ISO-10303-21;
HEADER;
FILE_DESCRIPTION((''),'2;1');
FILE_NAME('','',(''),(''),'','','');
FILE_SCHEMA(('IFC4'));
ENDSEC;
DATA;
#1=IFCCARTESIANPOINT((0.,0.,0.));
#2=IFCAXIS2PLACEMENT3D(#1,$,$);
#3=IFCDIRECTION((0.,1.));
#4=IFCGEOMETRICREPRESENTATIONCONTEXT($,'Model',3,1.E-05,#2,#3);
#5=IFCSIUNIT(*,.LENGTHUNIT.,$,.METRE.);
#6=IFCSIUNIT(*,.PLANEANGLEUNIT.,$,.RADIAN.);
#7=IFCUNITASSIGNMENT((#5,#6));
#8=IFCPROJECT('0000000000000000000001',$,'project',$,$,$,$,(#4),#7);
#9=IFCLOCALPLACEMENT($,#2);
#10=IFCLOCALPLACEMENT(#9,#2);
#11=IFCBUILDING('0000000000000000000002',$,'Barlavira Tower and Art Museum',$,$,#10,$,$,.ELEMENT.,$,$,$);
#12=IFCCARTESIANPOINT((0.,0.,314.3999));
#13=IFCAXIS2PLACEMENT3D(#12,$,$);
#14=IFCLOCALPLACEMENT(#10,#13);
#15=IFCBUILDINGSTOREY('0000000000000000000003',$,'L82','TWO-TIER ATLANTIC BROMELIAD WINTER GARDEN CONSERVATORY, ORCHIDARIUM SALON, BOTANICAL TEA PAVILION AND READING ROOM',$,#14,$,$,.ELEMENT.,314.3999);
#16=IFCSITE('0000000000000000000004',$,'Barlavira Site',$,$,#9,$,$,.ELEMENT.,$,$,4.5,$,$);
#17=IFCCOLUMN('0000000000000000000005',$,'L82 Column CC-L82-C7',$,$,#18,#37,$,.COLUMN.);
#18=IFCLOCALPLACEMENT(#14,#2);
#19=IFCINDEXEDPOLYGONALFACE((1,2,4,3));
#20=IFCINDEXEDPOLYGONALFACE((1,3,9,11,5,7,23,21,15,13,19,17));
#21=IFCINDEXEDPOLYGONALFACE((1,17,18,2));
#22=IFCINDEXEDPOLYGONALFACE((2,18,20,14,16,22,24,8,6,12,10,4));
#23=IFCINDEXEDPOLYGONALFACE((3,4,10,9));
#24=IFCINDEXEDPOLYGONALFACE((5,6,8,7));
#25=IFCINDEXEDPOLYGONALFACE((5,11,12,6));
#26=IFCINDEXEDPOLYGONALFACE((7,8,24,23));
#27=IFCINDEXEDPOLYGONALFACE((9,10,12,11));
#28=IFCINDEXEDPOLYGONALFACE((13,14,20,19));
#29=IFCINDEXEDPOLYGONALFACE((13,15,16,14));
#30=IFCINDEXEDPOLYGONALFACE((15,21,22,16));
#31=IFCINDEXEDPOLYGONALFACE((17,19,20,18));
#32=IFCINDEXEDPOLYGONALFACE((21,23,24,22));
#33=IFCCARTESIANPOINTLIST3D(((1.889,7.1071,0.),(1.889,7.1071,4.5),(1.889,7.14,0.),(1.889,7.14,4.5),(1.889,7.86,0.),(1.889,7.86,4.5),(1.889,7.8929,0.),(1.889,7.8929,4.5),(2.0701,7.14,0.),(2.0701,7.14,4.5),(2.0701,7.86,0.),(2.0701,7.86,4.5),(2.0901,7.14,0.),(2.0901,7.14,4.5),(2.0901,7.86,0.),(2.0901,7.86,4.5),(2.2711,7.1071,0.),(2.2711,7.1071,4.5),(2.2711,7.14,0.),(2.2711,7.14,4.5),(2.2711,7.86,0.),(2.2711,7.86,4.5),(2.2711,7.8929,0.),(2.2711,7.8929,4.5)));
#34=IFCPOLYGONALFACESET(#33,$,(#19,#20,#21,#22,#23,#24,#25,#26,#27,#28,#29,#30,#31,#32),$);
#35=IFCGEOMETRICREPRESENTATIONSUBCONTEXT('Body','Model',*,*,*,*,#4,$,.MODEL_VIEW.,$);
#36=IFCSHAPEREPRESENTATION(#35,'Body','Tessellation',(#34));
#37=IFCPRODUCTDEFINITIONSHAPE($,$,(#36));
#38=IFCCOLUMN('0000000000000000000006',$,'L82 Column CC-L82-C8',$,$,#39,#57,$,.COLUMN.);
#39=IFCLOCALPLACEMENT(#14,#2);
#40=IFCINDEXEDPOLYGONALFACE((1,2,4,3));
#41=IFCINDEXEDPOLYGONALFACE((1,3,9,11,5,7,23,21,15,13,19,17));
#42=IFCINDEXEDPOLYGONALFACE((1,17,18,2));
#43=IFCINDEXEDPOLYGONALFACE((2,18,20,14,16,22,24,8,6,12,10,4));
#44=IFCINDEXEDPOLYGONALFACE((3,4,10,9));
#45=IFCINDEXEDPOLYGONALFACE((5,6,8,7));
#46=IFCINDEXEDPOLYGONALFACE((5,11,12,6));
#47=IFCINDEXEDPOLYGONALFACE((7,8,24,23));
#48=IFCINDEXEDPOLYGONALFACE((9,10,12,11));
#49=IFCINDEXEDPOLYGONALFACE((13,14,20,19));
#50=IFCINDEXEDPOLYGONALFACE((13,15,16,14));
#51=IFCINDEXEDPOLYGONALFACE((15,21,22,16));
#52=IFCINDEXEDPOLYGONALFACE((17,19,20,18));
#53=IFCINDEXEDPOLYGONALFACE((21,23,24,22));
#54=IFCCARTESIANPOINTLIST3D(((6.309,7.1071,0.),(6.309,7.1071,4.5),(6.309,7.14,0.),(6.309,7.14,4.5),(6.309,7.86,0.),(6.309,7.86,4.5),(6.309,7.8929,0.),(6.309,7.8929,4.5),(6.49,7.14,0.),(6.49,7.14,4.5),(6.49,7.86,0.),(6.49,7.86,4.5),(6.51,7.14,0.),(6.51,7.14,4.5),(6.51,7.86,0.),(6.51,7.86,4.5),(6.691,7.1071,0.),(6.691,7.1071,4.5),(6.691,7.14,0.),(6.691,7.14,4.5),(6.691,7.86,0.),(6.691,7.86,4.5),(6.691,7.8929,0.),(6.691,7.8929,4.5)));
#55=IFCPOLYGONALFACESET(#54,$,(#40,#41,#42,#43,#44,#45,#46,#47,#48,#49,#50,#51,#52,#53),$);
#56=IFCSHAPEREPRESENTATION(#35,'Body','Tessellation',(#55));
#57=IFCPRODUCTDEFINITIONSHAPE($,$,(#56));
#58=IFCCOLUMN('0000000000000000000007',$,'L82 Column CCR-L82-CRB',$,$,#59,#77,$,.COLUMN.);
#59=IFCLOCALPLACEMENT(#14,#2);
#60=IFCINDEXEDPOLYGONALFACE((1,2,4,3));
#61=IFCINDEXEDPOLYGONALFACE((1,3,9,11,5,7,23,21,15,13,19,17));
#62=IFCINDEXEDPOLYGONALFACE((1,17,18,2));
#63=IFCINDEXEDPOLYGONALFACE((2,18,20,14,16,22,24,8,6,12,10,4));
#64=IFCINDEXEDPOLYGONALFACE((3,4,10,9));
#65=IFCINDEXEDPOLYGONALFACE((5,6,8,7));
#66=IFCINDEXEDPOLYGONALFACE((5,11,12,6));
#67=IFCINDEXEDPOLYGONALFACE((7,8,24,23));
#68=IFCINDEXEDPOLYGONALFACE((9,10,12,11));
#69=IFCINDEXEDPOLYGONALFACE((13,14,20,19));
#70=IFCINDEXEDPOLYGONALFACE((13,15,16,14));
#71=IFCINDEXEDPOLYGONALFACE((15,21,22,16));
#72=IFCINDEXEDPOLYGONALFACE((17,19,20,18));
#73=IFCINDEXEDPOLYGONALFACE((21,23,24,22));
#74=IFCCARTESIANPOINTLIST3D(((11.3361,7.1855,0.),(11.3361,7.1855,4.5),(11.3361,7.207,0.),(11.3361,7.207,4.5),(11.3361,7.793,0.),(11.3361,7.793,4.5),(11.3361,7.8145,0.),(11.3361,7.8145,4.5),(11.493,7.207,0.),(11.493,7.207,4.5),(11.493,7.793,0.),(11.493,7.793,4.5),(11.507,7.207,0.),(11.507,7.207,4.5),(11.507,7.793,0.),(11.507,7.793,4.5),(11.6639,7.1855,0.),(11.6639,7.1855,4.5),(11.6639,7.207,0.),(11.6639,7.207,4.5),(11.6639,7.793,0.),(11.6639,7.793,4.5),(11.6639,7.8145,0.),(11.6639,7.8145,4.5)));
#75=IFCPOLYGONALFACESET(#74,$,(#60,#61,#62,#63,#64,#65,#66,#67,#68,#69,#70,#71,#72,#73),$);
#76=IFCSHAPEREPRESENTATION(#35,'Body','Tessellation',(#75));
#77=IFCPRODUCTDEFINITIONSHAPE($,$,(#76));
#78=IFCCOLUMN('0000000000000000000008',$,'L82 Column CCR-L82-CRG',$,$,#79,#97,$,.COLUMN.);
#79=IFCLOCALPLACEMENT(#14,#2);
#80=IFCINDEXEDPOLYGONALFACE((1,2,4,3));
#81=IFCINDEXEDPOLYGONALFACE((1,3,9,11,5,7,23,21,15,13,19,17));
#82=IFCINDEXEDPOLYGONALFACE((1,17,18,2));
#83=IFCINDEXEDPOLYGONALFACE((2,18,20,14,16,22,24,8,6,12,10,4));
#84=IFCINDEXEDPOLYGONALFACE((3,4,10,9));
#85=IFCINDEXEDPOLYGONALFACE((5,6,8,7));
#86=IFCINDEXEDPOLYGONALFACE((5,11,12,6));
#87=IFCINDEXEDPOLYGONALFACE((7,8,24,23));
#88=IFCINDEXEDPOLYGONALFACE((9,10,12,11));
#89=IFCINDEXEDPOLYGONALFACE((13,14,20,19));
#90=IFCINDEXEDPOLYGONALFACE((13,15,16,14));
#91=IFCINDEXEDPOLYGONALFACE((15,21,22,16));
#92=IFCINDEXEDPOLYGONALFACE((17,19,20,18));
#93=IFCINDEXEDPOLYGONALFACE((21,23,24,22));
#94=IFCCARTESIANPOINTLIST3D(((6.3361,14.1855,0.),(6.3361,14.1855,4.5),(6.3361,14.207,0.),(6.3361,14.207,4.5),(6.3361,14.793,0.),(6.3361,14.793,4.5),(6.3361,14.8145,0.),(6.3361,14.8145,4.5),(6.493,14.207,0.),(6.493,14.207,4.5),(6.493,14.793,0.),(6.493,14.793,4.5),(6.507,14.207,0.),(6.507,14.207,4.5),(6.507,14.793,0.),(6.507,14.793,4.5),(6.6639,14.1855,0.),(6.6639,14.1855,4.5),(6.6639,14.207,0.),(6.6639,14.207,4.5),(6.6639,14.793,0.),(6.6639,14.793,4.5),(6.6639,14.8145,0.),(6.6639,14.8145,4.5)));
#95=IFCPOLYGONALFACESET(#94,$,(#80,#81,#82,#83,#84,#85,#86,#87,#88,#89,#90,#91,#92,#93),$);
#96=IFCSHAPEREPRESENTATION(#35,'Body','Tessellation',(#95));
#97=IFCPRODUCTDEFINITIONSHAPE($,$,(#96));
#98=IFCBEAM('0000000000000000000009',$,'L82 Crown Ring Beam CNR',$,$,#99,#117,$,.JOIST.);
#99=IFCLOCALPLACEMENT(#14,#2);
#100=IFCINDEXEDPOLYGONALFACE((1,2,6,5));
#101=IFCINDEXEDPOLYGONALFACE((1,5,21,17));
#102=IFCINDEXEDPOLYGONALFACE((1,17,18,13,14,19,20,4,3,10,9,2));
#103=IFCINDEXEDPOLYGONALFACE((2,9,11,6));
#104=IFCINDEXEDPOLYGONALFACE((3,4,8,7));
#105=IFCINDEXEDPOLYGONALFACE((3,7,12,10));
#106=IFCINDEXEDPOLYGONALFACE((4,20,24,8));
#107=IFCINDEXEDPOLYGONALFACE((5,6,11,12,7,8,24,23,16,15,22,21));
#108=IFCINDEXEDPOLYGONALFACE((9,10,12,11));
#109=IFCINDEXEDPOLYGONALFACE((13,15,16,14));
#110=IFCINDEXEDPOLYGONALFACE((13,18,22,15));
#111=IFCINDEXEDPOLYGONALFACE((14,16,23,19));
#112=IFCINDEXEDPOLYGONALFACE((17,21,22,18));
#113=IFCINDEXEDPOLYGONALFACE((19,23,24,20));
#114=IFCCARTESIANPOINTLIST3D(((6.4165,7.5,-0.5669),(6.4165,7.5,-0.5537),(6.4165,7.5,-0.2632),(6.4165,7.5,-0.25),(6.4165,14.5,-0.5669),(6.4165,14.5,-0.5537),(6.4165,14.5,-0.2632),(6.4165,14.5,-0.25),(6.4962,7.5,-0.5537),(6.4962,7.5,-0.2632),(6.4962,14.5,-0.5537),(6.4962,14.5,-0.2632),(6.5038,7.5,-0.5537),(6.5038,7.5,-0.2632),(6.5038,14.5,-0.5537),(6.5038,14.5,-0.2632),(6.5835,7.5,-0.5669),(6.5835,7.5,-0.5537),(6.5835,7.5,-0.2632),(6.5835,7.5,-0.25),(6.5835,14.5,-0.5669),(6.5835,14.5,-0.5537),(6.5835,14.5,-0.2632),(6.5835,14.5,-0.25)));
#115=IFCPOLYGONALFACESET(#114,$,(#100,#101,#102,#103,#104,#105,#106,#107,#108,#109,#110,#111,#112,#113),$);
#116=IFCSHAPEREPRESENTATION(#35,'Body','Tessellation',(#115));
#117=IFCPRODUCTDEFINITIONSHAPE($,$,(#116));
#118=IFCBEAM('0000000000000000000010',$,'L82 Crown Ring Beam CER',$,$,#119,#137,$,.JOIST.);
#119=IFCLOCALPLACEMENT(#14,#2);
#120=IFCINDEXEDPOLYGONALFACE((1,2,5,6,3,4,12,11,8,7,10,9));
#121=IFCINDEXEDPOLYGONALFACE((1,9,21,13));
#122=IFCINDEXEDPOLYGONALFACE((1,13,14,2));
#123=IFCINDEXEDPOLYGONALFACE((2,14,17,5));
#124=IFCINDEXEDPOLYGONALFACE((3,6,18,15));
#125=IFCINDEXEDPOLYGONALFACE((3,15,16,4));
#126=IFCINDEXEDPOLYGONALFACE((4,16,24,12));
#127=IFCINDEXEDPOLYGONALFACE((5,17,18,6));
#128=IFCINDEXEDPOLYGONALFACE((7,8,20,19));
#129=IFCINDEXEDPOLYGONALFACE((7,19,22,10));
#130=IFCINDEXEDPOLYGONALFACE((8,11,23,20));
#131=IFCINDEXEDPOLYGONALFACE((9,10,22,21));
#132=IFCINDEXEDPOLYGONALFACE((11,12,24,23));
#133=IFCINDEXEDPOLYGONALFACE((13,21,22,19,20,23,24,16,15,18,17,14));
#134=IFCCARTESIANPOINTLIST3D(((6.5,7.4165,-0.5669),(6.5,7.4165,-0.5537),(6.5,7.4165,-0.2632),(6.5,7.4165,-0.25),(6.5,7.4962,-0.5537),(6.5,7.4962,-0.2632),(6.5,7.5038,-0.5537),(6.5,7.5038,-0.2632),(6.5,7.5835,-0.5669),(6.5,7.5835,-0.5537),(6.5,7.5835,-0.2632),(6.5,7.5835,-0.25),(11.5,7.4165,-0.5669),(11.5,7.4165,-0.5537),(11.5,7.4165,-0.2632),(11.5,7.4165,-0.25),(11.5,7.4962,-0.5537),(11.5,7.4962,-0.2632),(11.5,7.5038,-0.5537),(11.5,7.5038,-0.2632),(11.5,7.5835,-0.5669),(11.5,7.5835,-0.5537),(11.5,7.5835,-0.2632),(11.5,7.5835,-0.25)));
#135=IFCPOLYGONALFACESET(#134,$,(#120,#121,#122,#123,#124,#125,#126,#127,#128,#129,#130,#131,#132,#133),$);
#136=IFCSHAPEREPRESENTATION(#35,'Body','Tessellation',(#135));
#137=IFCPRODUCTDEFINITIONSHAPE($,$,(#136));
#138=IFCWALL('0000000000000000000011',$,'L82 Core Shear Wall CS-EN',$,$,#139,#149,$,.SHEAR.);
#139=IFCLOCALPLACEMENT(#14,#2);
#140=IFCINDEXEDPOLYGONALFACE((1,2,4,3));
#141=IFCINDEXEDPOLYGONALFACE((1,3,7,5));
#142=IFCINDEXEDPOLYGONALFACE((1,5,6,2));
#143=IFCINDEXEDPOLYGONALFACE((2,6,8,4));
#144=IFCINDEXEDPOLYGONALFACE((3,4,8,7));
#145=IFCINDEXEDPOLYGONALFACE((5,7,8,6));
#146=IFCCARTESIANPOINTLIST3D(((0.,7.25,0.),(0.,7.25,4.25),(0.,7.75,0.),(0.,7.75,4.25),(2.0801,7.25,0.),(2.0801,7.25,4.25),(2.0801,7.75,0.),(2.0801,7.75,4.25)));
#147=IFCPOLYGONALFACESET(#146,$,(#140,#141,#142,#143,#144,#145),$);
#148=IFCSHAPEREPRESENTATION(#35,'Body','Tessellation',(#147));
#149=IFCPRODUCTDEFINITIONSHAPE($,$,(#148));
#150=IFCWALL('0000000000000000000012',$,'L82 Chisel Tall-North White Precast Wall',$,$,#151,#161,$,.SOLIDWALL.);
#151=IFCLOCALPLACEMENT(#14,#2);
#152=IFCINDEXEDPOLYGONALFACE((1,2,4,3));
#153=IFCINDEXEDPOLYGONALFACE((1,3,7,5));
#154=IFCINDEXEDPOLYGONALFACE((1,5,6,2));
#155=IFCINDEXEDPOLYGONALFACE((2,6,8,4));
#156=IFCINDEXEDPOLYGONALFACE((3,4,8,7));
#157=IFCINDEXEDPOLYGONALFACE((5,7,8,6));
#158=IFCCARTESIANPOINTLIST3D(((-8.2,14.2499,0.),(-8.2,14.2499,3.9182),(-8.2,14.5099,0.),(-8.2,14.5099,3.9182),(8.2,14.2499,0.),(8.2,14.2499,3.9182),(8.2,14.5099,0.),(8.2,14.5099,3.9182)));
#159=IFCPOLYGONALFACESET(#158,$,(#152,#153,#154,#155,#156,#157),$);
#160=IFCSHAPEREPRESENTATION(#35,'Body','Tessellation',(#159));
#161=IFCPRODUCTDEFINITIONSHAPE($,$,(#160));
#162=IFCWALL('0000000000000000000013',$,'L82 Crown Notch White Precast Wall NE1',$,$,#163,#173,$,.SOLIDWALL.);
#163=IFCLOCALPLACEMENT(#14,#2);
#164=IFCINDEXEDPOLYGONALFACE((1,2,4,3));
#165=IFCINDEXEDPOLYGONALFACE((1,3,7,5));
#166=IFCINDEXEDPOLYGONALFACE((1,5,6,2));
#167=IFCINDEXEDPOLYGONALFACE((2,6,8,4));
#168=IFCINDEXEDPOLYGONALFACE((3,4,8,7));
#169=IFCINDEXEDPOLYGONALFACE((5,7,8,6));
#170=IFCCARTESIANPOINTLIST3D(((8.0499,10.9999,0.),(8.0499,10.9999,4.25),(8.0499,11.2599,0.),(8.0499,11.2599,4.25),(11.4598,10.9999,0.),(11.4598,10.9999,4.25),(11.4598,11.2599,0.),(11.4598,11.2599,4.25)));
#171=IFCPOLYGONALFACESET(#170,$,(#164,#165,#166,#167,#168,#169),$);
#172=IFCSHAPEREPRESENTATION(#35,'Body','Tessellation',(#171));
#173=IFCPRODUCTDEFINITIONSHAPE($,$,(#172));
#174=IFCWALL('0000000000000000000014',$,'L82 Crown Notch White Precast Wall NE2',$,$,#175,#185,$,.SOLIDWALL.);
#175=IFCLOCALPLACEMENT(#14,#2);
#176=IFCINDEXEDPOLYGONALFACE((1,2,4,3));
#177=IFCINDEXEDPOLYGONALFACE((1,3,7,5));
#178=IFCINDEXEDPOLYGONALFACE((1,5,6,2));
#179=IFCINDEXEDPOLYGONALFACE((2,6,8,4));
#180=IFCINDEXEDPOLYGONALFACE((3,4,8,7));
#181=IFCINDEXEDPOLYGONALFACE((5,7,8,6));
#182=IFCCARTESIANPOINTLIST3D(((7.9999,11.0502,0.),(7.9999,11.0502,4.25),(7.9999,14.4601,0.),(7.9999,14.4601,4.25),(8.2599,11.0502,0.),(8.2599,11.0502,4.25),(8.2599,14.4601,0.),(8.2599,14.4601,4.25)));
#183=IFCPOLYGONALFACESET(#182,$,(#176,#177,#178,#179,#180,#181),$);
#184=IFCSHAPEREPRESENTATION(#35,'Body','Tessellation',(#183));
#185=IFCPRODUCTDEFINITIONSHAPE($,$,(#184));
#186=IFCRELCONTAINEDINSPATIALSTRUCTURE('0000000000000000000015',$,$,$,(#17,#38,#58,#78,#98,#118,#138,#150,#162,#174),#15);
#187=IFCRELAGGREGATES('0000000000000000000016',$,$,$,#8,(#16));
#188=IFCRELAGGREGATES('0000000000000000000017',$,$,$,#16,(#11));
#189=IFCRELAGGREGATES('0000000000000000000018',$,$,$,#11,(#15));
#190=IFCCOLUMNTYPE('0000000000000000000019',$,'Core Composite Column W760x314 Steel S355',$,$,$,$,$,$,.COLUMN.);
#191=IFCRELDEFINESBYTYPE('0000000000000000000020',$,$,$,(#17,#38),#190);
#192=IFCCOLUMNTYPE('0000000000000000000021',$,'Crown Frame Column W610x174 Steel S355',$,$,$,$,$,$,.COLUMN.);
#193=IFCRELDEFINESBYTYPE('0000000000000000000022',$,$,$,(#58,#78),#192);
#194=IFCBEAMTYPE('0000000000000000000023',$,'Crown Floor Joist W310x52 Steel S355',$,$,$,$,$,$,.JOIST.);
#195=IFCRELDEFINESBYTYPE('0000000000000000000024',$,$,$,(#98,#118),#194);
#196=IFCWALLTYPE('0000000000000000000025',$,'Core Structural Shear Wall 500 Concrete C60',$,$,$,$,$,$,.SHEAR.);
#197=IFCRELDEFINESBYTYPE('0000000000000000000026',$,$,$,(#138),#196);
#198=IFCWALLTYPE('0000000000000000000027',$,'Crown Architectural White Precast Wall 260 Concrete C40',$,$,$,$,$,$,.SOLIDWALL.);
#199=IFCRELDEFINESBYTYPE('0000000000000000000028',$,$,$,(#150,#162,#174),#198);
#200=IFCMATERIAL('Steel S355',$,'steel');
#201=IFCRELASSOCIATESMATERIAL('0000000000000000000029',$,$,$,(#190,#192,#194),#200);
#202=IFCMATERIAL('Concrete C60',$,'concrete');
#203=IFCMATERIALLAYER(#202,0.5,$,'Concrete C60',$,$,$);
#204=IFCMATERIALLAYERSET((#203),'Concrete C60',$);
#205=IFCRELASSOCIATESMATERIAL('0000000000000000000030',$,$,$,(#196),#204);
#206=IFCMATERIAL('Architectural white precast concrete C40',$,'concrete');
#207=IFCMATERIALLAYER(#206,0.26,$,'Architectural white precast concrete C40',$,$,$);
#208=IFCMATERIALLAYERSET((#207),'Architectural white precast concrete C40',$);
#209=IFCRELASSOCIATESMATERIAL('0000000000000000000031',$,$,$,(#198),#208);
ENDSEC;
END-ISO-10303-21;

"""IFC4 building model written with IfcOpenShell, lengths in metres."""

from ifc_helpers import new_model, si_unit, direction, frame, frame_2d, origin, origin_2d, place, context, subcontext, project, spatial, rectangle, i_section, extrude, material, layer, layer_set, material_profile, profile_set, type_object, element, save


model = new_model("IFC4")

# Units and contexts
model_context = context("Model", 3, precision=1e-05, world=origin(), true_north=direction((0.0, 1.0)))
body_context = subcontext(model_context, "Body", "Model", "MODEL_VIEW")
ifc_project = project(units=[si_unit("LENGTHUNIT", "METRE"), si_unit("PLANEANGLEUNIT", "RADIAN")], contexts=[model_context])

# Site, building, storey
site_placement = place(None, origin())
site = spatial("IfcSite", under=ifc_project, at=site_placement, Name="Barlavira Site", CompositionType="ELEMENT", RefElevation=4.5)
building_placement = place(site_placement, origin())
building = spatial("IfcBuilding", under=site, at=building_placement, Name="Barlavira Tower and Art Museum", CompositionType="ELEMENT")
storey_placement = place(building_placement, frame((0.0, 0.0, 314.3999)))
storey = spatial("IfcBuildingStorey", under=building, at=storey_placement, Name="L82", Description="TWO-TIER ATLANTIC BROMELIAD WINTER GARDEN CONSERVATORY, ORCHIDARIUM SALON, BOTANICAL TEA PAVILION AND READING ROOM", CompositionType="ELEMENT", Elevation=314.3999)

# Columns
ifc_material_1 = material(Name="Steel S355", Category="steel")
ifc_material_profile_1 = material_profile(ifc_material_1, i_section(OverallWidth=0.3821, OverallDepth=0.7859, WebThickness=0.02, FlangeThickness=0.033, at=origin_2d()), Name="W760x314.0")
ifc_profile_set_1 = profile_set([ifc_material_profile_1], Name="Steel S355")
column_type_1 = type_object("IfcColumnType", Name="Core Composite Column W760x314 Steel S355", PredefinedType="COLUMN", material=ifc_profile_set_1)
for number, where, z_axis, x_axis, name in (
    (1, (2.0801, 7.5, 0.0), (0.0, 0.0, 1.0), (1.0, 0.0, 0.0), "L82 Column CC-L82-C7"),
    (2, (6.5, 7.5, 0.0), (0.0, 0.0, 1.0), (1.0, 0.0, 0.0), "L82 Column CC-L82-C8"),
):
    element("IfcColumn", number, at=place(storey_placement, frame(where, z_axis=z_axis, x_axis=x_axis)), inside=storey, type_object=column_type_1, Name=name, PredefinedType="COLUMN", context=body_context, shape_type="SweptSolid", body=[
        extrude(i_section(OverallWidth=0.3821, OverallDepth=0.7859, WebThickness=0.02, FlangeThickness=0.033, at=origin_2d()), origin(), (0.0, 0.0, 1.0), 4.5),
    ])
ifc_material_profile_2 = material_profile(ifc_material_1, i_section(OverallWidth=0.3279, OverallDepth=0.6289, WebThickness=0.0139, FlangeThickness=0.0215, at=origin_2d()), Name="W610x174.0")
ifc_profile_set_2 = profile_set([ifc_material_profile_2], Name="Steel S355")
column_type_2 = type_object("IfcColumnType", Name="Crown Frame Column W610x174 Steel S355", PredefinedType="COLUMN", material=ifc_profile_set_2)
for number, where, z_axis, x_axis, name in (
    (3, (11.5, 7.5, 0.0), (0.0, 0.0, 1.0), (1.0, 0.0, 0.0), "L82 Column CCR-L82-CRB"),
    (4, (6.5, 14.5, 0.0), (0.0, 0.0, 1.0), (1.0, 0.0, 0.0), "L82 Column CCR-L82-CRG"),
):
    element("IfcColumn", number, at=place(storey_placement, frame(where, z_axis=z_axis, x_axis=x_axis)), inside=storey, type_object=column_type_2, Name=name, PredefinedType="COLUMN", context=body_context, shape_type="SweptSolid", body=[
        extrude(i_section(OverallWidth=0.3279, OverallDepth=0.6289, WebThickness=0.0139, FlangeThickness=0.0215, at=origin_2d()), origin(), (0.0, 0.0, 1.0), 4.5),
    ])

# Beams
ifc_material_profile_3 = material_profile(ifc_material_1, i_section(OverallWidth=0.167, OverallDepth=0.3169, WebThickness=0.0076, FlangeThickness=0.0132, at=origin_2d()), Name="W310x52.0")
ifc_profile_set_3 = profile_set([ifc_material_profile_3], Name="Steel S355")
beam_type = type_object("IfcBeamType", Name="Crown Floor Joist W310x52 Steel S355", PredefinedType="JOIST", material=ifc_profile_set_3)
beam_1_placement = place(storey_placement, frame((6.5, 7.5, -0.4084), z_axis=(0.0, 1.0, 0.0), x_axis=(-1.0, 0.0, 0.0)))
element("IfcBeam", 5, at=beam_1_placement, inside=storey, type_object=beam_type, Name="L82 Crown Ring Beam CNR", PredefinedType="JOIST", context=body_context, shape_type="SweptSolid", body=[
    extrude(i_section(OverallWidth=0.167, OverallDepth=0.3169, WebThickness=0.0076, FlangeThickness=0.0132, at=origin_2d()), origin(), (0.0, 0.0, 1.0), 7.0),
])
beam_2_placement = place(storey_placement, frame((6.5, 7.5, -0.4084), z_axis=(1.0, 0.0, 0.0), x_axis=(0.0, 1.0, 0.0)))
element("IfcBeam", 6, at=beam_2_placement, inside=storey, type_object=beam_type, Name="L82 Crown Ring Beam CER", PredefinedType="JOIST", context=body_context, shape_type="SweptSolid", body=[
    extrude(i_section(OverallWidth=0.167, OverallDepth=0.3169, WebThickness=0.0076, FlangeThickness=0.0132, at=origin_2d()), origin(), (0.0, 0.0, 1.0), 5.0),
])

# Walls
ifc_material_2 = material(Name="Concrete C60", Category="concrete")
ifc_layer_1 = layer(ifc_material_2, 0.5, Name="Concrete C60")
ifc_layer_set_1 = layer_set([ifc_layer_1], Name="Concrete C60")
wall_type_1 = type_object("IfcWallType", Name="Core Structural Shear Wall 500 Concrete C60", PredefinedType="SHEAR", material=ifc_layer_set_1)
wall_1_placement = place(storey_placement, frame((0.0, 7.5, 0.0), z_axis=(0.0, 0.0, 1.0), x_axis=(1.0, 0.0, 0.0)))
element("IfcWall", 7, at=wall_1_placement, inside=storey, type_object=wall_type_1, Name="L82 Core Shear Wall CS-EN", PredefinedType="SHEAR", context=body_context, shape_type="SweptSolid", body=[
    extrude(rectangle(XDim=2.0801, YDim=0.5, at=frame_2d((1.04, 0.0))), origin(), (0.0, 0.0, 1.0), 4.25),
])
ifc_material_3 = material(Name="Architectural white precast concrete C40", Category="concrete")
ifc_layer_2 = layer(ifc_material_3, 0.26, Name="Architectural white precast concrete C40")
ifc_layer_set_2 = layer_set([ifc_layer_2], Name="Architectural white precast concrete C40")
wall_type_2 = type_object("IfcWallType", Name="Crown Architectural White Precast Wall 260 Concrete C40", PredefinedType="SOLIDWALL", material=ifc_layer_set_2)
wall_2_placement = place(storey_placement, frame((8.2, 14.3799, 0.0), z_axis=(0.0, 0.0, 1.0), x_axis=(-1.0, 0.0, 0.0)))
element("IfcWall", 8, at=wall_2_placement, inside=storey, type_object=wall_type_2, Name="L82 Chisel Tall-North White Precast Wall", PredefinedType="SOLIDWALL", context=body_context, shape_type="SweptSolid", body=[
    extrude(rectangle(XDim=16.3999, YDim=0.26, at=frame_2d((8.2, 0.0))), origin(), (0.0, 0.0, 1.0), 3.9182),
])
for number, where, z_axis, x_axis, name in (
    (9, (11.46, 11.1299, 0.0), (0.0, 0.0, 1.0), (-1.0, 0.0, 0.0), "L82 Crown Notch White Precast Wall NE1"),
    (10, (8.1299, 11.05, 0.0), (0.0, 0.0, 1.0), (0.0, 1.0, 0.0), "L82 Crown Notch White Precast Wall NE2"),
):
    element("IfcWall", number, at=place(storey_placement, frame(where, z_axis=z_axis, x_axis=x_axis)), inside=storey, type_object=wall_type_2, Name=name, PredefinedType="SOLIDWALL", context=body_context, shape_type="SweptSolid", body=[
        extrude(rectangle(XDim=3.4099, YDim=0.26, at=frame_2d((1.7051, 0.0))), origin(), (0.0, 0.0, 1.0), 4.25),
    ])

save(model, "model.ifc")
